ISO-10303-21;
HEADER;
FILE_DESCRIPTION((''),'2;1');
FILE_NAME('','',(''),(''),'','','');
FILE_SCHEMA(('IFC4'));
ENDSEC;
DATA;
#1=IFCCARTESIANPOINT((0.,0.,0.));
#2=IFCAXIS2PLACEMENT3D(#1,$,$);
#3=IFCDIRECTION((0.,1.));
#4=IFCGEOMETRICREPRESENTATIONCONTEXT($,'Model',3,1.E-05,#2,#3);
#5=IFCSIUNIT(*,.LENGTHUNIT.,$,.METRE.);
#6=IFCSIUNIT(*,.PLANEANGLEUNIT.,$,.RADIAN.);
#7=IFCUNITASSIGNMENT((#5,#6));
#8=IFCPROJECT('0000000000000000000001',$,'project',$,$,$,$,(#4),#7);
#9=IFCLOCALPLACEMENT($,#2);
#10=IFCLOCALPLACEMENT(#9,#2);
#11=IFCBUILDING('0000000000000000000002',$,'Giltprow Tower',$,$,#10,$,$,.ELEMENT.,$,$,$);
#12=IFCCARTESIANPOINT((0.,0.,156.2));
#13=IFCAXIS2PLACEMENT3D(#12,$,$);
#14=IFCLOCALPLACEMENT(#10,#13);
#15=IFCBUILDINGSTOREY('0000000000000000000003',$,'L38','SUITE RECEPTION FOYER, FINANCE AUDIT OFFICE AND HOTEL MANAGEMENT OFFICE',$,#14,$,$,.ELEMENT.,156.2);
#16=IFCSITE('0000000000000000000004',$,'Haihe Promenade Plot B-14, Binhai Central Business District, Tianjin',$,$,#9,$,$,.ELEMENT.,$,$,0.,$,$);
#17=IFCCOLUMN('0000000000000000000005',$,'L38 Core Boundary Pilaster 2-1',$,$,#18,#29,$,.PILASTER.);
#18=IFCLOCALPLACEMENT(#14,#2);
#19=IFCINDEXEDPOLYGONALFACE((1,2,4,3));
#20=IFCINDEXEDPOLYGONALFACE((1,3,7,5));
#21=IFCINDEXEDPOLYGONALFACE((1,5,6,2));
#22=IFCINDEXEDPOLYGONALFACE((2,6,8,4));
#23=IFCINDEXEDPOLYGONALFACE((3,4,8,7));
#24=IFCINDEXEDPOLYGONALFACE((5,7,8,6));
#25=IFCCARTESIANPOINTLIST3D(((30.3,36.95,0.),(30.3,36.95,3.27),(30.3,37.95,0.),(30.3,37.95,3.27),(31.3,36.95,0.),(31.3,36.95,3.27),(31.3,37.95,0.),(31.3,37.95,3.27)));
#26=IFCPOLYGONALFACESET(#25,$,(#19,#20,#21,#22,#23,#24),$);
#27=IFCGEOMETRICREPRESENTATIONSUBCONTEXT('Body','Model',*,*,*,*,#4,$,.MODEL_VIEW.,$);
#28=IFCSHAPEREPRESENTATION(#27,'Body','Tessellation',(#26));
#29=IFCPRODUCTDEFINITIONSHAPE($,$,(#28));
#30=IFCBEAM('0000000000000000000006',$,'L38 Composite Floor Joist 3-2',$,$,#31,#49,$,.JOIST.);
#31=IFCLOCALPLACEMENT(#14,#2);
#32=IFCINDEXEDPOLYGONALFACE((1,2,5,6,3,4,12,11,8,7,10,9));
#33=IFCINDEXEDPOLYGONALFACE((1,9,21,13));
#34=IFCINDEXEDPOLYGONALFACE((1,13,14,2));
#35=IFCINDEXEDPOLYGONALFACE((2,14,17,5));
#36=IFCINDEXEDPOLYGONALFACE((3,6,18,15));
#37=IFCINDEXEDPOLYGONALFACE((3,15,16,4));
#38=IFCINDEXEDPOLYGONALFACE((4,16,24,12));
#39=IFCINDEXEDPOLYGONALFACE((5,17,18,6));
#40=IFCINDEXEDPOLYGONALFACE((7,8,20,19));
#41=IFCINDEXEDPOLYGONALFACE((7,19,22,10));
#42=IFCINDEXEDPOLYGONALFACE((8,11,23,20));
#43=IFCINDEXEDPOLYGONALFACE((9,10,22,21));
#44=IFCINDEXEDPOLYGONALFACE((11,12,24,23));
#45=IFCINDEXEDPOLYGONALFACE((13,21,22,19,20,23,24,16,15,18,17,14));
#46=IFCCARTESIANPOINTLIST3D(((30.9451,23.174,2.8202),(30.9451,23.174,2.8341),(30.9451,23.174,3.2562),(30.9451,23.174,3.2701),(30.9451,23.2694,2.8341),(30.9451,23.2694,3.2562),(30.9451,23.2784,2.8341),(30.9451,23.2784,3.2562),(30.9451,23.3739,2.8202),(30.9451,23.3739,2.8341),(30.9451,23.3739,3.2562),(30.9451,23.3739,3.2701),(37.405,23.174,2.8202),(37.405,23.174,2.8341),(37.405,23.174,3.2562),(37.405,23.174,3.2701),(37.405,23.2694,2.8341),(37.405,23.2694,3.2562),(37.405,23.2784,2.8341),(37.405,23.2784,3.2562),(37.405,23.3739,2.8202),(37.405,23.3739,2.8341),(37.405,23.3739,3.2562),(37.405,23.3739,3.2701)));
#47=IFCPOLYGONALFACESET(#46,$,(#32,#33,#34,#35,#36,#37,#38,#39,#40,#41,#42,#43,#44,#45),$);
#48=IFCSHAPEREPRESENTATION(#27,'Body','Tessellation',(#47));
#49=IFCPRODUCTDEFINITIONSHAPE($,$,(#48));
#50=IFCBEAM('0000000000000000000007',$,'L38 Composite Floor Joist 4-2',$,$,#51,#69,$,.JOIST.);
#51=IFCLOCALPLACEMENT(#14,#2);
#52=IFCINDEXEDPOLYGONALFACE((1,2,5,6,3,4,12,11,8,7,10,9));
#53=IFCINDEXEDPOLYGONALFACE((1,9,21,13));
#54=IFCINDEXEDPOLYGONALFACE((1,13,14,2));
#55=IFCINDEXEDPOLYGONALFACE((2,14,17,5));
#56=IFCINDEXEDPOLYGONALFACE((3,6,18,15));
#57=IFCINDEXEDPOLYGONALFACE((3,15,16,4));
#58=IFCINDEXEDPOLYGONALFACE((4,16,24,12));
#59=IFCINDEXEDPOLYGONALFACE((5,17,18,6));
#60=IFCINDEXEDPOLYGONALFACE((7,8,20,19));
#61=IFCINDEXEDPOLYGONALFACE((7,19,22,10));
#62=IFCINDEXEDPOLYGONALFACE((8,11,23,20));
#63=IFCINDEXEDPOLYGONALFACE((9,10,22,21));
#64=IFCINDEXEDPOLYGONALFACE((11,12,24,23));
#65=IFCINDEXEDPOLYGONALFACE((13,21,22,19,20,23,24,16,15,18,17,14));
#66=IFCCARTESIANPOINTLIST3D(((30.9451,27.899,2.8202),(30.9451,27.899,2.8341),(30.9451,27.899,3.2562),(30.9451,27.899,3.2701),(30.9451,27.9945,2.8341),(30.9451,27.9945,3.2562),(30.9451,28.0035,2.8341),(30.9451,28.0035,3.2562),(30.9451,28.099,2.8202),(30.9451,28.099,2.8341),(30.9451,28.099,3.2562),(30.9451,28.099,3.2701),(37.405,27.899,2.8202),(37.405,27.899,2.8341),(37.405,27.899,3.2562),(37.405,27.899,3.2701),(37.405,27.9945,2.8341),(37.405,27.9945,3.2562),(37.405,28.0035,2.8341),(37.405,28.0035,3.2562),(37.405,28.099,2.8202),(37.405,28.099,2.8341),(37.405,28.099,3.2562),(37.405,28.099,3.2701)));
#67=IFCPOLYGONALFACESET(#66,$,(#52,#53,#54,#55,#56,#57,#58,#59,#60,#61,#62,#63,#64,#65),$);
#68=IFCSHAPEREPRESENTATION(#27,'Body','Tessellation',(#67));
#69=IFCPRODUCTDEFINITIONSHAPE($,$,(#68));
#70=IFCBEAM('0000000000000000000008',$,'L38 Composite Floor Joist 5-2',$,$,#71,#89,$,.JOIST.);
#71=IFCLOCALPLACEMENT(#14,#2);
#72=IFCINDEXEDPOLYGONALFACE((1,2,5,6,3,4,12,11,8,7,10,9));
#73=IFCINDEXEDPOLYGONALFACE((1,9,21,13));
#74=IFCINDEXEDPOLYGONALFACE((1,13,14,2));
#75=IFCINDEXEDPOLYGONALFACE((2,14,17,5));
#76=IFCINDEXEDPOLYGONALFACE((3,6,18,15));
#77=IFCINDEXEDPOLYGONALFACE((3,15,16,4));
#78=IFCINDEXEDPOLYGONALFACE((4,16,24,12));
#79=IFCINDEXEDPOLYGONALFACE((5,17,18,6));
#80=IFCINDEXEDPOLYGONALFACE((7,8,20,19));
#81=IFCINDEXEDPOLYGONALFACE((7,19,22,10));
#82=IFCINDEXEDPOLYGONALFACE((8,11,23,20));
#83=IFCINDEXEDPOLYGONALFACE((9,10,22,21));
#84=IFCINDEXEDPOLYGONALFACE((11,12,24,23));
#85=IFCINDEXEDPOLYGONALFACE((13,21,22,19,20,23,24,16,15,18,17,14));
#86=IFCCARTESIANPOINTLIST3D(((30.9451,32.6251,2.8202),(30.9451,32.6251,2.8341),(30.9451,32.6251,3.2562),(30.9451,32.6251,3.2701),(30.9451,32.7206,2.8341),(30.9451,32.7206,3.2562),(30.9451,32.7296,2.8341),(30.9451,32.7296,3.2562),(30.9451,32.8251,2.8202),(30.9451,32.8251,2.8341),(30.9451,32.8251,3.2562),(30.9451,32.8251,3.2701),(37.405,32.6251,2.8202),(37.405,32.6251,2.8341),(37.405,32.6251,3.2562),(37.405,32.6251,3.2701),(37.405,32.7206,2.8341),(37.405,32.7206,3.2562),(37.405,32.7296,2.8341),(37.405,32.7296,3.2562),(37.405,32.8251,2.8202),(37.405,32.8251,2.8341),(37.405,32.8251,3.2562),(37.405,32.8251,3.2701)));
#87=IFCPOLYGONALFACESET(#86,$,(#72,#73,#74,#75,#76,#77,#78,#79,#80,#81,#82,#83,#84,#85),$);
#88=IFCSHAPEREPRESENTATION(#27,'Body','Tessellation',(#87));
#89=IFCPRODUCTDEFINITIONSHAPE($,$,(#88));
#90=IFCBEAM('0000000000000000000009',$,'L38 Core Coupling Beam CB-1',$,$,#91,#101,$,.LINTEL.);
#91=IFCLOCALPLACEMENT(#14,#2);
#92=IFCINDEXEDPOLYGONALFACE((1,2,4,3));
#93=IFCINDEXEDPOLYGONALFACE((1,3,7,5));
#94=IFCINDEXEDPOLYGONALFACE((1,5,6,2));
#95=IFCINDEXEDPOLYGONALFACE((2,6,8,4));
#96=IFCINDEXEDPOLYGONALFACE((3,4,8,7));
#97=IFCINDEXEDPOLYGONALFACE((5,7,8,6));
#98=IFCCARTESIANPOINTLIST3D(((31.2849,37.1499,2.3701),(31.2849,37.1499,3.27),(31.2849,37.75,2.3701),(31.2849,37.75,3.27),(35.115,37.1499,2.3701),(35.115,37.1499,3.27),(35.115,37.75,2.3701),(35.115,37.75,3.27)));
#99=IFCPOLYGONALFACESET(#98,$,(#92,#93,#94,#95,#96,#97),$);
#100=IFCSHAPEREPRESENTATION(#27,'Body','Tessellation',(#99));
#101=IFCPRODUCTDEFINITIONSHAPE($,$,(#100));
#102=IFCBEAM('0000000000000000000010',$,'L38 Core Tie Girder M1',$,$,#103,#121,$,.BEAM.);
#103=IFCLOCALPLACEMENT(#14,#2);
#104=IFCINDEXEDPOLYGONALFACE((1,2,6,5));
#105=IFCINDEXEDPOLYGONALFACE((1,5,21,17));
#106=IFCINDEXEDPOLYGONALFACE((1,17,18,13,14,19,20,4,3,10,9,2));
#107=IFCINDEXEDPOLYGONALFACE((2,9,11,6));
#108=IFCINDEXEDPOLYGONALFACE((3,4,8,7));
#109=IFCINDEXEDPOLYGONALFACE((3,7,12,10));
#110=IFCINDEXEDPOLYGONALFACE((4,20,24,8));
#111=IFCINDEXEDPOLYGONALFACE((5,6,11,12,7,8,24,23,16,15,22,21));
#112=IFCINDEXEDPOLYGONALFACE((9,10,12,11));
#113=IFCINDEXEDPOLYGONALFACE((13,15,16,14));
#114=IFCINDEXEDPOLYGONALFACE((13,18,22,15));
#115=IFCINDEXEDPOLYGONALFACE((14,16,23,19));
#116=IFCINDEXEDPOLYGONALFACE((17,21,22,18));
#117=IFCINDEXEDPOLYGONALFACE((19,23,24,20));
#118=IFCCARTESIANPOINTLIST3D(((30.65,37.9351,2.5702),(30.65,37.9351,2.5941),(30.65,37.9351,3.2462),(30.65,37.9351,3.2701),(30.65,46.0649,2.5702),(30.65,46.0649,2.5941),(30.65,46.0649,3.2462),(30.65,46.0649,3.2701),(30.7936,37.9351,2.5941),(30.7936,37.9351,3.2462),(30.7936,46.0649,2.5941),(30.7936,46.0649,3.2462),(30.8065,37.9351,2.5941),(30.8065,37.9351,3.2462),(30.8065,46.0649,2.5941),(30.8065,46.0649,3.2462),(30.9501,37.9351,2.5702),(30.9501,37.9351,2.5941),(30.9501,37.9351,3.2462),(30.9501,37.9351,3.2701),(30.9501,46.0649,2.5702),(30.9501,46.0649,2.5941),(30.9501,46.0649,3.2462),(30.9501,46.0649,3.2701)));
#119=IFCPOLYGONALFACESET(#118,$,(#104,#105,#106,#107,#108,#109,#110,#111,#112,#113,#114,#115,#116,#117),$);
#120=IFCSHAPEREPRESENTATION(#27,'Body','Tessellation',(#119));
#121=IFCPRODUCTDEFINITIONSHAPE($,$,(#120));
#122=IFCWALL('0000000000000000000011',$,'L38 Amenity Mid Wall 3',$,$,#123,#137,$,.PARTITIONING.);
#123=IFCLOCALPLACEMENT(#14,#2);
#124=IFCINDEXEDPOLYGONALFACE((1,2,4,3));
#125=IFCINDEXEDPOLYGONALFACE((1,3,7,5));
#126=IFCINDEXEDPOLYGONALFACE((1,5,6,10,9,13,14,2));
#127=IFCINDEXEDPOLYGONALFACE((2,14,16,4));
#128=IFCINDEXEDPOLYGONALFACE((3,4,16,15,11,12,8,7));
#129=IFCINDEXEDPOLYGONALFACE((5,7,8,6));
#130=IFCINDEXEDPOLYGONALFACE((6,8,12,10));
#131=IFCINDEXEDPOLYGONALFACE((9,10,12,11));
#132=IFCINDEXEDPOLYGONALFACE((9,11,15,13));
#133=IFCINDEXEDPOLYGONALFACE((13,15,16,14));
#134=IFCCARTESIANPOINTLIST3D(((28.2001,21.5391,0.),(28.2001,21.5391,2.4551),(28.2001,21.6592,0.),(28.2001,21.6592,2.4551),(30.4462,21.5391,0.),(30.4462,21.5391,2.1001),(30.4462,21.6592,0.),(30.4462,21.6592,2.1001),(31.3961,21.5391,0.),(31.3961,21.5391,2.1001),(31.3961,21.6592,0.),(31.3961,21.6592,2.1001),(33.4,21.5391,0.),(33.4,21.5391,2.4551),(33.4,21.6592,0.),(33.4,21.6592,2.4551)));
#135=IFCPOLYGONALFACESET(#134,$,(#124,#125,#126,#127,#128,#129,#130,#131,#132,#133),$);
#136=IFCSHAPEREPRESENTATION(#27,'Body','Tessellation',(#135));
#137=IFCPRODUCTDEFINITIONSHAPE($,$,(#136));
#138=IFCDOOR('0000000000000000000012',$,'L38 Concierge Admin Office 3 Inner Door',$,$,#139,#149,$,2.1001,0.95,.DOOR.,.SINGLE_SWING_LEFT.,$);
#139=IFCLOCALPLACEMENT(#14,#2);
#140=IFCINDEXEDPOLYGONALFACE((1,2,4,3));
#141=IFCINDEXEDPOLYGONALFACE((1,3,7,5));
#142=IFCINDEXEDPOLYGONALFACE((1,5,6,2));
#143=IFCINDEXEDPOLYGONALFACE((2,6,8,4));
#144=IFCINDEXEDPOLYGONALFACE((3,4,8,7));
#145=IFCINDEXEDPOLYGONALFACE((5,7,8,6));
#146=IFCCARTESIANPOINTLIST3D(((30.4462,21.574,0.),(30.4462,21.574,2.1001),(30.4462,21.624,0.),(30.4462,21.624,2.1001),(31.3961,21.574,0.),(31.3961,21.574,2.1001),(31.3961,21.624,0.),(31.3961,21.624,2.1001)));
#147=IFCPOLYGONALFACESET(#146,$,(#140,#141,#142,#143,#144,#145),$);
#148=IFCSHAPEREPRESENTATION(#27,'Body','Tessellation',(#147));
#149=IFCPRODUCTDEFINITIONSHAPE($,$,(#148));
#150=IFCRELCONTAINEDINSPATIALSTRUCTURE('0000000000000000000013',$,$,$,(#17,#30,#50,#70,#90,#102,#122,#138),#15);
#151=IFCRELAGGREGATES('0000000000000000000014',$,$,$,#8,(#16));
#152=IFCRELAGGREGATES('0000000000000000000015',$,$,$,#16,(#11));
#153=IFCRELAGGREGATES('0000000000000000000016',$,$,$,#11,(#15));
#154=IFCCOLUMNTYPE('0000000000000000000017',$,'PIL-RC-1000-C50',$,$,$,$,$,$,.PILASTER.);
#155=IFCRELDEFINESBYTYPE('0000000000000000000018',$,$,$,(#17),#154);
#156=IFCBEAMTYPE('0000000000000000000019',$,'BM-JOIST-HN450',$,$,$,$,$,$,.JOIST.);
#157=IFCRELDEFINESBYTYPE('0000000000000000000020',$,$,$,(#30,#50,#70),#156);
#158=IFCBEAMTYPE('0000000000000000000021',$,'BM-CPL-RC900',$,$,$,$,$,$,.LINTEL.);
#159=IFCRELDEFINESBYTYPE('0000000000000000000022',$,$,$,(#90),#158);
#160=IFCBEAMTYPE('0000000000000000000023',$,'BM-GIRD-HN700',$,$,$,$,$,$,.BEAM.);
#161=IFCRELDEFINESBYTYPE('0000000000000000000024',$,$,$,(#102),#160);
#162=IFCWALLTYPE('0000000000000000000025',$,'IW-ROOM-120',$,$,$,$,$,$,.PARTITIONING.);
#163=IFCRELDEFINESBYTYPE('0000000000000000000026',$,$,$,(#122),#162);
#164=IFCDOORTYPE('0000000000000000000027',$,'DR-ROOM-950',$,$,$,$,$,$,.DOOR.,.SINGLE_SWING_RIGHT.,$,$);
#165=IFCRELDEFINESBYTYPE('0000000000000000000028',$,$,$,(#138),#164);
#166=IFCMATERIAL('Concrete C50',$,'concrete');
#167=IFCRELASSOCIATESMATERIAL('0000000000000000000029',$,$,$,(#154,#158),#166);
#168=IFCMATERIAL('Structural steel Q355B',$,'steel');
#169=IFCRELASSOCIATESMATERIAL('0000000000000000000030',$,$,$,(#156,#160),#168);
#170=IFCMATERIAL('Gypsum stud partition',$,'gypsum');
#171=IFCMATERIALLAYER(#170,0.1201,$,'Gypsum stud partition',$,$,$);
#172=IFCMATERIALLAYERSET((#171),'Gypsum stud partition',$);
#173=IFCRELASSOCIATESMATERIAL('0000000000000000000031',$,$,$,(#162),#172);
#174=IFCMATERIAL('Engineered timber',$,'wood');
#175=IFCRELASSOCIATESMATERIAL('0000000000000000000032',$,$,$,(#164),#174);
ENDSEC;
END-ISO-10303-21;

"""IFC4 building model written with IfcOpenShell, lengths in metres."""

from ifc_helpers import new_model, si_unit, direction, frame, frame_2d, origin, origin_2d, place, context, subcontext, project, spatial, rectangle, i_section, extrude, source, transform, mapped, material, layer, layer_set, material_profile, profile_set, type_object, element, fill, save


model = new_model("IFC4")

# Units and contexts
model_context = context("Model", 3, precision=1e-05, world=origin(), true_north=direction((0.0, 1.0)))
body_context = subcontext(model_context, "Body", "Model", "MODEL_VIEW")
ifc_project = project(units=[si_unit("LENGTHUNIT", "METRE"), si_unit("PLANEANGLEUNIT", "RADIAN")], contexts=[model_context])

# Site, building, storey
site_placement = place(None, origin())
site = spatial("IfcSite", under=ifc_project, at=site_placement, Name="Haihe Promenade Plot B-14, Binhai Central Business District, Tianjin", CompositionType="ELEMENT", RefElevation=0.0)
building_placement = place(site_placement, origin())
building = spatial("IfcBuilding", under=site, at=building_placement, Name="Giltprow Tower", CompositionType="ELEMENT")
storey_placement = place(building_placement, frame((0.0, 0.0, 156.2)))
storey = spatial("IfcBuildingStorey", under=building, at=storey_placement, Name="L38", Description="SUITE RECEPTION FOYER, FINANCE AUDIT OFFICE AND HOTEL MANAGEMENT OFFICE", CompositionType="ELEMENT", Elevation=156.2)

# Column
ifc_material_1 = material(Name="Concrete C50", Category="concrete")
ifc_material_profile_1 = material_profile(ifc_material_1, rectangle(XDim=1.0, YDim=1.0, at=origin_2d()), Name="RC 1000x1000")
ifc_profile_set_1 = profile_set([ifc_material_profile_1], Name="Concrete C50")
column_type = type_object("IfcColumnType", Name="PIL-RC-1000-C50", PredefinedType="PILASTER", material=ifc_profile_set_1)
shared_shape_1 = source(origin(), body_context, "Body", "SweptSolid", [
    extrude(rectangle(XDim=1.0, YDim=1.0, at=origin_2d()), origin(), (0.0, 0.0, 1.0), 3.27),
])
column_placement = place(storey_placement, frame((30.8, 37.45, 0.0), z_axis=(0.0, 0.0, 1.0), x_axis=(1.0, 0.0, 0.0)))
element("IfcColumn", 1, at=column_placement, inside=storey, type_object=column_type, Name="L38 Core Boundary Pilaster 2-1", PredefinedType="PILASTER", context=body_context, shape_type="MappedRepresentation", body=[
    mapped(shared_shape_1, transform((0.0, 0.0, 0.0), x_axis=(1.0, 0.0, 0.0), y_axis=(0.0, 1.0, 0.0), z_axis=(0.0, 0.0, 1.0), scale=1.0)),
])

# Beams
ifc_material_2 = material(Name="Structural steel Q355B", Category="steel")
ifc_material_profile_2 = material_profile(ifc_material_2, i_section(OverallWidth=0.2, OverallDepth=0.45, WebThickness=0.009, FlangeThickness=0.0139, at=origin_2d()), Name="HN 450x200x9x14")
ifc_profile_set_2 = profile_set([ifc_material_profile_2], Name="Structural steel Q355B")
beam_type_1 = type_object("IfcBeamType", Name="BM-JOIST-HN450", PredefinedType="JOIST", material=ifc_profile_set_2)
shared_shape_2 = source(origin(), body_context, "Body", "SweptSolid", [
    extrude(i_section(OverallWidth=0.2, OverallDepth=0.45, WebThickness=0.009, FlangeThickness=0.0139, at=origin_2d()), origin(), (0.0, 0.0, 1.0), 6.46),
])
for number, where, z_axis, x_axis, name in (
    (2, (30.9451, 23.2739, 3.0452), (1.0, 0.0, 0.0), (0.0, 1.0, 0.0), "L38 Composite Floor Joist 3-2"),
    (3, (30.9451, 27.999, 3.0452), (1.0, 0.0, 0.0), (0.0, 1.0, 0.0), "L38 Composite Floor Joist 4-2"),
    (4, (30.9451, 32.7251, 3.0452), (1.0, 0.0, 0.0), (0.0, 1.0, 0.0), "L38 Composite Floor Joist 5-2"),
):
    element("IfcBeam", number, at=place(storey_placement, frame(where, z_axis=z_axis, x_axis=x_axis)), inside=storey, type_object=beam_type_1, Name=name, PredefinedType="JOIST", context=body_context, shape_type="MappedRepresentation", body=[
        mapped(shared_shape_2, transform((0.0, 0.0, 0.0), x_axis=(1.0, 0.0, 0.0), y_axis=(0.0, 1.0, 0.0), z_axis=(0.0, 0.0, 1.0), scale=1.0)),
    ])
ifc_material_profile_3 = material_profile(ifc_material_1, rectangle(XDim=0.6001, YDim=0.8999, at=origin_2d()), Name="RC 900x600")
ifc_profile_set_3 = profile_set([ifc_material_profile_3], Name="Concrete C50")
beam_type_2 = type_object("IfcBeamType", Name="BM-CPL-RC900", PredefinedType="LINTEL", material=ifc_profile_set_3)
shared_shape_3 = source(origin(), body_context, "Body", "SweptSolid", [
    extrude(rectangle(XDim=0.6001, YDim=0.8999, at=origin_2d()), origin(), (0.0, 0.0, 1.0), 3.8301),
])
beam_1_placement = place(storey_placement, frame((31.2849, 37.45, 2.8201), z_axis=(1.0, 0.0, 0.0), x_axis=(0.0, 1.0, 0.0)))
element("IfcBeam", 5, at=beam_1_placement, inside=storey, type_object=beam_type_2, Name="L38 Core Coupling Beam CB-1", PredefinedType="LINTEL", context=body_context, shape_type="MappedRepresentation", body=[
    mapped(shared_shape_3, transform((0.0, 0.0, 0.0), x_axis=(1.0, 0.0, 0.0), y_axis=(0.0, 1.0, 0.0), z_axis=(0.0, 0.0, 1.0), scale=1.0)),
])
ifc_material_profile_4 = material_profile(ifc_material_2, i_section(OverallWidth=0.3, OverallDepth=0.7, WebThickness=0.0129, FlangeThickness=0.0239, at=origin_2d()), Name="HN 700x300x13x24")
ifc_profile_set_4 = profile_set([ifc_material_profile_4], Name="Structural steel Q355B")
beam_type_3 = type_object("IfcBeamType", Name="BM-GIRD-HN700", PredefinedType="BEAM", material=ifc_profile_set_4)
shared_shape_4 = source(origin(), body_context, "Body", "SweptSolid", [
    extrude(i_section(OverallWidth=0.3, OverallDepth=0.7, WebThickness=0.0129, FlangeThickness=0.0239, at=origin_2d()), origin(), (0.0, 0.0, 1.0), 8.1299),
])
beam_2_placement = place(storey_placement, frame((30.8, 37.9351, 2.9202), z_axis=(0.0, 1.0, 0.0), x_axis=(-1.0, 0.0, 0.0)))
element("IfcBeam", 6, at=beam_2_placement, inside=storey, type_object=beam_type_3, Name="L38 Core Tie Girder M1", PredefinedType="BEAM", context=body_context, shape_type="MappedRepresentation", body=[
    mapped(shared_shape_4, transform((0.0, 0.0, 0.0), x_axis=(1.0, 0.0, 0.0), y_axis=(0.0, 1.0, 0.0), z_axis=(0.0, 0.0, 1.0), scale=1.0)),
])

# Wall, opening, door
ifc_material_3 = material(Name="Gypsum stud partition", Category="gypsum")
ifc_layer_1 = layer(ifc_material_3, 0.1201, Name="Gypsum stud partition")
ifc_layer_set_1 = layer_set([ifc_layer_1], Name="Gypsum stud partition")
wall_type_1 = type_object("IfcWallType", Name="IW-ROOM-120", PredefinedType="PARTITIONING", material=ifc_layer_set_1)
wall_1_placement = place(storey_placement, frame((28.2, 21.5991, 0.0), z_axis=(0.0, 0.0, 1.0), x_axis=(1.0, 0.0, 0.0)))
wall_1 = element("IfcWall", 7, at=wall_1_placement, inside=storey, type_object=wall_type_1, Name="L38 Amenity Mid Wall 3", PredefinedType="PARTITIONING", context=body_context, shape_type="SweptSolid", body=[
    extrude(rectangle(XDim=5.2, YDim=0.1201, at=frame_2d((2.6001, 0.0))), origin(), (0.0, 0.0, 1.0), 2.4551),
])
opening_1_placement = place(wall_1_placement, frame((2.2461, 0.0, 0.0)))
opening_1 = element("IfcOpeningElement", 8, at=opening_1_placement, cuts=wall_1, PredefinedType="OPENING", context=body_context, shape_type="SweptSolid", body=[
    extrude(rectangle(XDim=0.95, YDim=2.1001, at=frame_2d((0.4751, 1.05))), frame((0.0, 0.0701, 0.0), z_axis=(0.0, -1.0, 0.0), x_axis=(1.0, 0.0, 0.0)), (0.0, 0.0, 1.0), 0.1401),
])
ifc_material_4 = material(Name="Engineered timber", Category="wood")
door_type_1 = type_object("IfcDoorType", Name="DR-ROOM-950", OperationType="SINGLE_SWING_RIGHT", PredefinedType="DOOR", material=ifc_material_4)
shared_shape_5 = source(origin(), body_context, "Body", "SweptSolid", [
    extrude(rectangle(XDim=0.95, YDim=2.1001, at=frame_2d((0.4751, 1.05))), frame((0.0, 0.0249, 0.0), z_axis=(0.0, -1.0, 0.0), x_axis=(1.0, 0.0, 0.0)), (0.0, 0.0, 1.0), 0.05),
])
door_1_placement = place(opening_1_placement, origin())
door_1 = element("IfcDoor", 9, at=door_1_placement, inside=storey, type_object=door_type_1, Name="L38 Concierge Admin Office 3 Inner Door", OperationType="SINGLE_SWING_LEFT", OverallHeight=2.1001, OverallWidth=0.95, PredefinedType="DOOR", context=body_context, shape_type="MappedRepresentation", body=[
    mapped(shared_shape_5, transform((0.0, 0.0, 0.0), x_axis=(1.0, 0.0, 0.0), y_axis=(0.0, 1.0, 0.0), z_axis=(0.0, 0.0, 1.0), scale=1.0)),
])
fill(opening_1, door_1)

save(model, "model.ifc")
